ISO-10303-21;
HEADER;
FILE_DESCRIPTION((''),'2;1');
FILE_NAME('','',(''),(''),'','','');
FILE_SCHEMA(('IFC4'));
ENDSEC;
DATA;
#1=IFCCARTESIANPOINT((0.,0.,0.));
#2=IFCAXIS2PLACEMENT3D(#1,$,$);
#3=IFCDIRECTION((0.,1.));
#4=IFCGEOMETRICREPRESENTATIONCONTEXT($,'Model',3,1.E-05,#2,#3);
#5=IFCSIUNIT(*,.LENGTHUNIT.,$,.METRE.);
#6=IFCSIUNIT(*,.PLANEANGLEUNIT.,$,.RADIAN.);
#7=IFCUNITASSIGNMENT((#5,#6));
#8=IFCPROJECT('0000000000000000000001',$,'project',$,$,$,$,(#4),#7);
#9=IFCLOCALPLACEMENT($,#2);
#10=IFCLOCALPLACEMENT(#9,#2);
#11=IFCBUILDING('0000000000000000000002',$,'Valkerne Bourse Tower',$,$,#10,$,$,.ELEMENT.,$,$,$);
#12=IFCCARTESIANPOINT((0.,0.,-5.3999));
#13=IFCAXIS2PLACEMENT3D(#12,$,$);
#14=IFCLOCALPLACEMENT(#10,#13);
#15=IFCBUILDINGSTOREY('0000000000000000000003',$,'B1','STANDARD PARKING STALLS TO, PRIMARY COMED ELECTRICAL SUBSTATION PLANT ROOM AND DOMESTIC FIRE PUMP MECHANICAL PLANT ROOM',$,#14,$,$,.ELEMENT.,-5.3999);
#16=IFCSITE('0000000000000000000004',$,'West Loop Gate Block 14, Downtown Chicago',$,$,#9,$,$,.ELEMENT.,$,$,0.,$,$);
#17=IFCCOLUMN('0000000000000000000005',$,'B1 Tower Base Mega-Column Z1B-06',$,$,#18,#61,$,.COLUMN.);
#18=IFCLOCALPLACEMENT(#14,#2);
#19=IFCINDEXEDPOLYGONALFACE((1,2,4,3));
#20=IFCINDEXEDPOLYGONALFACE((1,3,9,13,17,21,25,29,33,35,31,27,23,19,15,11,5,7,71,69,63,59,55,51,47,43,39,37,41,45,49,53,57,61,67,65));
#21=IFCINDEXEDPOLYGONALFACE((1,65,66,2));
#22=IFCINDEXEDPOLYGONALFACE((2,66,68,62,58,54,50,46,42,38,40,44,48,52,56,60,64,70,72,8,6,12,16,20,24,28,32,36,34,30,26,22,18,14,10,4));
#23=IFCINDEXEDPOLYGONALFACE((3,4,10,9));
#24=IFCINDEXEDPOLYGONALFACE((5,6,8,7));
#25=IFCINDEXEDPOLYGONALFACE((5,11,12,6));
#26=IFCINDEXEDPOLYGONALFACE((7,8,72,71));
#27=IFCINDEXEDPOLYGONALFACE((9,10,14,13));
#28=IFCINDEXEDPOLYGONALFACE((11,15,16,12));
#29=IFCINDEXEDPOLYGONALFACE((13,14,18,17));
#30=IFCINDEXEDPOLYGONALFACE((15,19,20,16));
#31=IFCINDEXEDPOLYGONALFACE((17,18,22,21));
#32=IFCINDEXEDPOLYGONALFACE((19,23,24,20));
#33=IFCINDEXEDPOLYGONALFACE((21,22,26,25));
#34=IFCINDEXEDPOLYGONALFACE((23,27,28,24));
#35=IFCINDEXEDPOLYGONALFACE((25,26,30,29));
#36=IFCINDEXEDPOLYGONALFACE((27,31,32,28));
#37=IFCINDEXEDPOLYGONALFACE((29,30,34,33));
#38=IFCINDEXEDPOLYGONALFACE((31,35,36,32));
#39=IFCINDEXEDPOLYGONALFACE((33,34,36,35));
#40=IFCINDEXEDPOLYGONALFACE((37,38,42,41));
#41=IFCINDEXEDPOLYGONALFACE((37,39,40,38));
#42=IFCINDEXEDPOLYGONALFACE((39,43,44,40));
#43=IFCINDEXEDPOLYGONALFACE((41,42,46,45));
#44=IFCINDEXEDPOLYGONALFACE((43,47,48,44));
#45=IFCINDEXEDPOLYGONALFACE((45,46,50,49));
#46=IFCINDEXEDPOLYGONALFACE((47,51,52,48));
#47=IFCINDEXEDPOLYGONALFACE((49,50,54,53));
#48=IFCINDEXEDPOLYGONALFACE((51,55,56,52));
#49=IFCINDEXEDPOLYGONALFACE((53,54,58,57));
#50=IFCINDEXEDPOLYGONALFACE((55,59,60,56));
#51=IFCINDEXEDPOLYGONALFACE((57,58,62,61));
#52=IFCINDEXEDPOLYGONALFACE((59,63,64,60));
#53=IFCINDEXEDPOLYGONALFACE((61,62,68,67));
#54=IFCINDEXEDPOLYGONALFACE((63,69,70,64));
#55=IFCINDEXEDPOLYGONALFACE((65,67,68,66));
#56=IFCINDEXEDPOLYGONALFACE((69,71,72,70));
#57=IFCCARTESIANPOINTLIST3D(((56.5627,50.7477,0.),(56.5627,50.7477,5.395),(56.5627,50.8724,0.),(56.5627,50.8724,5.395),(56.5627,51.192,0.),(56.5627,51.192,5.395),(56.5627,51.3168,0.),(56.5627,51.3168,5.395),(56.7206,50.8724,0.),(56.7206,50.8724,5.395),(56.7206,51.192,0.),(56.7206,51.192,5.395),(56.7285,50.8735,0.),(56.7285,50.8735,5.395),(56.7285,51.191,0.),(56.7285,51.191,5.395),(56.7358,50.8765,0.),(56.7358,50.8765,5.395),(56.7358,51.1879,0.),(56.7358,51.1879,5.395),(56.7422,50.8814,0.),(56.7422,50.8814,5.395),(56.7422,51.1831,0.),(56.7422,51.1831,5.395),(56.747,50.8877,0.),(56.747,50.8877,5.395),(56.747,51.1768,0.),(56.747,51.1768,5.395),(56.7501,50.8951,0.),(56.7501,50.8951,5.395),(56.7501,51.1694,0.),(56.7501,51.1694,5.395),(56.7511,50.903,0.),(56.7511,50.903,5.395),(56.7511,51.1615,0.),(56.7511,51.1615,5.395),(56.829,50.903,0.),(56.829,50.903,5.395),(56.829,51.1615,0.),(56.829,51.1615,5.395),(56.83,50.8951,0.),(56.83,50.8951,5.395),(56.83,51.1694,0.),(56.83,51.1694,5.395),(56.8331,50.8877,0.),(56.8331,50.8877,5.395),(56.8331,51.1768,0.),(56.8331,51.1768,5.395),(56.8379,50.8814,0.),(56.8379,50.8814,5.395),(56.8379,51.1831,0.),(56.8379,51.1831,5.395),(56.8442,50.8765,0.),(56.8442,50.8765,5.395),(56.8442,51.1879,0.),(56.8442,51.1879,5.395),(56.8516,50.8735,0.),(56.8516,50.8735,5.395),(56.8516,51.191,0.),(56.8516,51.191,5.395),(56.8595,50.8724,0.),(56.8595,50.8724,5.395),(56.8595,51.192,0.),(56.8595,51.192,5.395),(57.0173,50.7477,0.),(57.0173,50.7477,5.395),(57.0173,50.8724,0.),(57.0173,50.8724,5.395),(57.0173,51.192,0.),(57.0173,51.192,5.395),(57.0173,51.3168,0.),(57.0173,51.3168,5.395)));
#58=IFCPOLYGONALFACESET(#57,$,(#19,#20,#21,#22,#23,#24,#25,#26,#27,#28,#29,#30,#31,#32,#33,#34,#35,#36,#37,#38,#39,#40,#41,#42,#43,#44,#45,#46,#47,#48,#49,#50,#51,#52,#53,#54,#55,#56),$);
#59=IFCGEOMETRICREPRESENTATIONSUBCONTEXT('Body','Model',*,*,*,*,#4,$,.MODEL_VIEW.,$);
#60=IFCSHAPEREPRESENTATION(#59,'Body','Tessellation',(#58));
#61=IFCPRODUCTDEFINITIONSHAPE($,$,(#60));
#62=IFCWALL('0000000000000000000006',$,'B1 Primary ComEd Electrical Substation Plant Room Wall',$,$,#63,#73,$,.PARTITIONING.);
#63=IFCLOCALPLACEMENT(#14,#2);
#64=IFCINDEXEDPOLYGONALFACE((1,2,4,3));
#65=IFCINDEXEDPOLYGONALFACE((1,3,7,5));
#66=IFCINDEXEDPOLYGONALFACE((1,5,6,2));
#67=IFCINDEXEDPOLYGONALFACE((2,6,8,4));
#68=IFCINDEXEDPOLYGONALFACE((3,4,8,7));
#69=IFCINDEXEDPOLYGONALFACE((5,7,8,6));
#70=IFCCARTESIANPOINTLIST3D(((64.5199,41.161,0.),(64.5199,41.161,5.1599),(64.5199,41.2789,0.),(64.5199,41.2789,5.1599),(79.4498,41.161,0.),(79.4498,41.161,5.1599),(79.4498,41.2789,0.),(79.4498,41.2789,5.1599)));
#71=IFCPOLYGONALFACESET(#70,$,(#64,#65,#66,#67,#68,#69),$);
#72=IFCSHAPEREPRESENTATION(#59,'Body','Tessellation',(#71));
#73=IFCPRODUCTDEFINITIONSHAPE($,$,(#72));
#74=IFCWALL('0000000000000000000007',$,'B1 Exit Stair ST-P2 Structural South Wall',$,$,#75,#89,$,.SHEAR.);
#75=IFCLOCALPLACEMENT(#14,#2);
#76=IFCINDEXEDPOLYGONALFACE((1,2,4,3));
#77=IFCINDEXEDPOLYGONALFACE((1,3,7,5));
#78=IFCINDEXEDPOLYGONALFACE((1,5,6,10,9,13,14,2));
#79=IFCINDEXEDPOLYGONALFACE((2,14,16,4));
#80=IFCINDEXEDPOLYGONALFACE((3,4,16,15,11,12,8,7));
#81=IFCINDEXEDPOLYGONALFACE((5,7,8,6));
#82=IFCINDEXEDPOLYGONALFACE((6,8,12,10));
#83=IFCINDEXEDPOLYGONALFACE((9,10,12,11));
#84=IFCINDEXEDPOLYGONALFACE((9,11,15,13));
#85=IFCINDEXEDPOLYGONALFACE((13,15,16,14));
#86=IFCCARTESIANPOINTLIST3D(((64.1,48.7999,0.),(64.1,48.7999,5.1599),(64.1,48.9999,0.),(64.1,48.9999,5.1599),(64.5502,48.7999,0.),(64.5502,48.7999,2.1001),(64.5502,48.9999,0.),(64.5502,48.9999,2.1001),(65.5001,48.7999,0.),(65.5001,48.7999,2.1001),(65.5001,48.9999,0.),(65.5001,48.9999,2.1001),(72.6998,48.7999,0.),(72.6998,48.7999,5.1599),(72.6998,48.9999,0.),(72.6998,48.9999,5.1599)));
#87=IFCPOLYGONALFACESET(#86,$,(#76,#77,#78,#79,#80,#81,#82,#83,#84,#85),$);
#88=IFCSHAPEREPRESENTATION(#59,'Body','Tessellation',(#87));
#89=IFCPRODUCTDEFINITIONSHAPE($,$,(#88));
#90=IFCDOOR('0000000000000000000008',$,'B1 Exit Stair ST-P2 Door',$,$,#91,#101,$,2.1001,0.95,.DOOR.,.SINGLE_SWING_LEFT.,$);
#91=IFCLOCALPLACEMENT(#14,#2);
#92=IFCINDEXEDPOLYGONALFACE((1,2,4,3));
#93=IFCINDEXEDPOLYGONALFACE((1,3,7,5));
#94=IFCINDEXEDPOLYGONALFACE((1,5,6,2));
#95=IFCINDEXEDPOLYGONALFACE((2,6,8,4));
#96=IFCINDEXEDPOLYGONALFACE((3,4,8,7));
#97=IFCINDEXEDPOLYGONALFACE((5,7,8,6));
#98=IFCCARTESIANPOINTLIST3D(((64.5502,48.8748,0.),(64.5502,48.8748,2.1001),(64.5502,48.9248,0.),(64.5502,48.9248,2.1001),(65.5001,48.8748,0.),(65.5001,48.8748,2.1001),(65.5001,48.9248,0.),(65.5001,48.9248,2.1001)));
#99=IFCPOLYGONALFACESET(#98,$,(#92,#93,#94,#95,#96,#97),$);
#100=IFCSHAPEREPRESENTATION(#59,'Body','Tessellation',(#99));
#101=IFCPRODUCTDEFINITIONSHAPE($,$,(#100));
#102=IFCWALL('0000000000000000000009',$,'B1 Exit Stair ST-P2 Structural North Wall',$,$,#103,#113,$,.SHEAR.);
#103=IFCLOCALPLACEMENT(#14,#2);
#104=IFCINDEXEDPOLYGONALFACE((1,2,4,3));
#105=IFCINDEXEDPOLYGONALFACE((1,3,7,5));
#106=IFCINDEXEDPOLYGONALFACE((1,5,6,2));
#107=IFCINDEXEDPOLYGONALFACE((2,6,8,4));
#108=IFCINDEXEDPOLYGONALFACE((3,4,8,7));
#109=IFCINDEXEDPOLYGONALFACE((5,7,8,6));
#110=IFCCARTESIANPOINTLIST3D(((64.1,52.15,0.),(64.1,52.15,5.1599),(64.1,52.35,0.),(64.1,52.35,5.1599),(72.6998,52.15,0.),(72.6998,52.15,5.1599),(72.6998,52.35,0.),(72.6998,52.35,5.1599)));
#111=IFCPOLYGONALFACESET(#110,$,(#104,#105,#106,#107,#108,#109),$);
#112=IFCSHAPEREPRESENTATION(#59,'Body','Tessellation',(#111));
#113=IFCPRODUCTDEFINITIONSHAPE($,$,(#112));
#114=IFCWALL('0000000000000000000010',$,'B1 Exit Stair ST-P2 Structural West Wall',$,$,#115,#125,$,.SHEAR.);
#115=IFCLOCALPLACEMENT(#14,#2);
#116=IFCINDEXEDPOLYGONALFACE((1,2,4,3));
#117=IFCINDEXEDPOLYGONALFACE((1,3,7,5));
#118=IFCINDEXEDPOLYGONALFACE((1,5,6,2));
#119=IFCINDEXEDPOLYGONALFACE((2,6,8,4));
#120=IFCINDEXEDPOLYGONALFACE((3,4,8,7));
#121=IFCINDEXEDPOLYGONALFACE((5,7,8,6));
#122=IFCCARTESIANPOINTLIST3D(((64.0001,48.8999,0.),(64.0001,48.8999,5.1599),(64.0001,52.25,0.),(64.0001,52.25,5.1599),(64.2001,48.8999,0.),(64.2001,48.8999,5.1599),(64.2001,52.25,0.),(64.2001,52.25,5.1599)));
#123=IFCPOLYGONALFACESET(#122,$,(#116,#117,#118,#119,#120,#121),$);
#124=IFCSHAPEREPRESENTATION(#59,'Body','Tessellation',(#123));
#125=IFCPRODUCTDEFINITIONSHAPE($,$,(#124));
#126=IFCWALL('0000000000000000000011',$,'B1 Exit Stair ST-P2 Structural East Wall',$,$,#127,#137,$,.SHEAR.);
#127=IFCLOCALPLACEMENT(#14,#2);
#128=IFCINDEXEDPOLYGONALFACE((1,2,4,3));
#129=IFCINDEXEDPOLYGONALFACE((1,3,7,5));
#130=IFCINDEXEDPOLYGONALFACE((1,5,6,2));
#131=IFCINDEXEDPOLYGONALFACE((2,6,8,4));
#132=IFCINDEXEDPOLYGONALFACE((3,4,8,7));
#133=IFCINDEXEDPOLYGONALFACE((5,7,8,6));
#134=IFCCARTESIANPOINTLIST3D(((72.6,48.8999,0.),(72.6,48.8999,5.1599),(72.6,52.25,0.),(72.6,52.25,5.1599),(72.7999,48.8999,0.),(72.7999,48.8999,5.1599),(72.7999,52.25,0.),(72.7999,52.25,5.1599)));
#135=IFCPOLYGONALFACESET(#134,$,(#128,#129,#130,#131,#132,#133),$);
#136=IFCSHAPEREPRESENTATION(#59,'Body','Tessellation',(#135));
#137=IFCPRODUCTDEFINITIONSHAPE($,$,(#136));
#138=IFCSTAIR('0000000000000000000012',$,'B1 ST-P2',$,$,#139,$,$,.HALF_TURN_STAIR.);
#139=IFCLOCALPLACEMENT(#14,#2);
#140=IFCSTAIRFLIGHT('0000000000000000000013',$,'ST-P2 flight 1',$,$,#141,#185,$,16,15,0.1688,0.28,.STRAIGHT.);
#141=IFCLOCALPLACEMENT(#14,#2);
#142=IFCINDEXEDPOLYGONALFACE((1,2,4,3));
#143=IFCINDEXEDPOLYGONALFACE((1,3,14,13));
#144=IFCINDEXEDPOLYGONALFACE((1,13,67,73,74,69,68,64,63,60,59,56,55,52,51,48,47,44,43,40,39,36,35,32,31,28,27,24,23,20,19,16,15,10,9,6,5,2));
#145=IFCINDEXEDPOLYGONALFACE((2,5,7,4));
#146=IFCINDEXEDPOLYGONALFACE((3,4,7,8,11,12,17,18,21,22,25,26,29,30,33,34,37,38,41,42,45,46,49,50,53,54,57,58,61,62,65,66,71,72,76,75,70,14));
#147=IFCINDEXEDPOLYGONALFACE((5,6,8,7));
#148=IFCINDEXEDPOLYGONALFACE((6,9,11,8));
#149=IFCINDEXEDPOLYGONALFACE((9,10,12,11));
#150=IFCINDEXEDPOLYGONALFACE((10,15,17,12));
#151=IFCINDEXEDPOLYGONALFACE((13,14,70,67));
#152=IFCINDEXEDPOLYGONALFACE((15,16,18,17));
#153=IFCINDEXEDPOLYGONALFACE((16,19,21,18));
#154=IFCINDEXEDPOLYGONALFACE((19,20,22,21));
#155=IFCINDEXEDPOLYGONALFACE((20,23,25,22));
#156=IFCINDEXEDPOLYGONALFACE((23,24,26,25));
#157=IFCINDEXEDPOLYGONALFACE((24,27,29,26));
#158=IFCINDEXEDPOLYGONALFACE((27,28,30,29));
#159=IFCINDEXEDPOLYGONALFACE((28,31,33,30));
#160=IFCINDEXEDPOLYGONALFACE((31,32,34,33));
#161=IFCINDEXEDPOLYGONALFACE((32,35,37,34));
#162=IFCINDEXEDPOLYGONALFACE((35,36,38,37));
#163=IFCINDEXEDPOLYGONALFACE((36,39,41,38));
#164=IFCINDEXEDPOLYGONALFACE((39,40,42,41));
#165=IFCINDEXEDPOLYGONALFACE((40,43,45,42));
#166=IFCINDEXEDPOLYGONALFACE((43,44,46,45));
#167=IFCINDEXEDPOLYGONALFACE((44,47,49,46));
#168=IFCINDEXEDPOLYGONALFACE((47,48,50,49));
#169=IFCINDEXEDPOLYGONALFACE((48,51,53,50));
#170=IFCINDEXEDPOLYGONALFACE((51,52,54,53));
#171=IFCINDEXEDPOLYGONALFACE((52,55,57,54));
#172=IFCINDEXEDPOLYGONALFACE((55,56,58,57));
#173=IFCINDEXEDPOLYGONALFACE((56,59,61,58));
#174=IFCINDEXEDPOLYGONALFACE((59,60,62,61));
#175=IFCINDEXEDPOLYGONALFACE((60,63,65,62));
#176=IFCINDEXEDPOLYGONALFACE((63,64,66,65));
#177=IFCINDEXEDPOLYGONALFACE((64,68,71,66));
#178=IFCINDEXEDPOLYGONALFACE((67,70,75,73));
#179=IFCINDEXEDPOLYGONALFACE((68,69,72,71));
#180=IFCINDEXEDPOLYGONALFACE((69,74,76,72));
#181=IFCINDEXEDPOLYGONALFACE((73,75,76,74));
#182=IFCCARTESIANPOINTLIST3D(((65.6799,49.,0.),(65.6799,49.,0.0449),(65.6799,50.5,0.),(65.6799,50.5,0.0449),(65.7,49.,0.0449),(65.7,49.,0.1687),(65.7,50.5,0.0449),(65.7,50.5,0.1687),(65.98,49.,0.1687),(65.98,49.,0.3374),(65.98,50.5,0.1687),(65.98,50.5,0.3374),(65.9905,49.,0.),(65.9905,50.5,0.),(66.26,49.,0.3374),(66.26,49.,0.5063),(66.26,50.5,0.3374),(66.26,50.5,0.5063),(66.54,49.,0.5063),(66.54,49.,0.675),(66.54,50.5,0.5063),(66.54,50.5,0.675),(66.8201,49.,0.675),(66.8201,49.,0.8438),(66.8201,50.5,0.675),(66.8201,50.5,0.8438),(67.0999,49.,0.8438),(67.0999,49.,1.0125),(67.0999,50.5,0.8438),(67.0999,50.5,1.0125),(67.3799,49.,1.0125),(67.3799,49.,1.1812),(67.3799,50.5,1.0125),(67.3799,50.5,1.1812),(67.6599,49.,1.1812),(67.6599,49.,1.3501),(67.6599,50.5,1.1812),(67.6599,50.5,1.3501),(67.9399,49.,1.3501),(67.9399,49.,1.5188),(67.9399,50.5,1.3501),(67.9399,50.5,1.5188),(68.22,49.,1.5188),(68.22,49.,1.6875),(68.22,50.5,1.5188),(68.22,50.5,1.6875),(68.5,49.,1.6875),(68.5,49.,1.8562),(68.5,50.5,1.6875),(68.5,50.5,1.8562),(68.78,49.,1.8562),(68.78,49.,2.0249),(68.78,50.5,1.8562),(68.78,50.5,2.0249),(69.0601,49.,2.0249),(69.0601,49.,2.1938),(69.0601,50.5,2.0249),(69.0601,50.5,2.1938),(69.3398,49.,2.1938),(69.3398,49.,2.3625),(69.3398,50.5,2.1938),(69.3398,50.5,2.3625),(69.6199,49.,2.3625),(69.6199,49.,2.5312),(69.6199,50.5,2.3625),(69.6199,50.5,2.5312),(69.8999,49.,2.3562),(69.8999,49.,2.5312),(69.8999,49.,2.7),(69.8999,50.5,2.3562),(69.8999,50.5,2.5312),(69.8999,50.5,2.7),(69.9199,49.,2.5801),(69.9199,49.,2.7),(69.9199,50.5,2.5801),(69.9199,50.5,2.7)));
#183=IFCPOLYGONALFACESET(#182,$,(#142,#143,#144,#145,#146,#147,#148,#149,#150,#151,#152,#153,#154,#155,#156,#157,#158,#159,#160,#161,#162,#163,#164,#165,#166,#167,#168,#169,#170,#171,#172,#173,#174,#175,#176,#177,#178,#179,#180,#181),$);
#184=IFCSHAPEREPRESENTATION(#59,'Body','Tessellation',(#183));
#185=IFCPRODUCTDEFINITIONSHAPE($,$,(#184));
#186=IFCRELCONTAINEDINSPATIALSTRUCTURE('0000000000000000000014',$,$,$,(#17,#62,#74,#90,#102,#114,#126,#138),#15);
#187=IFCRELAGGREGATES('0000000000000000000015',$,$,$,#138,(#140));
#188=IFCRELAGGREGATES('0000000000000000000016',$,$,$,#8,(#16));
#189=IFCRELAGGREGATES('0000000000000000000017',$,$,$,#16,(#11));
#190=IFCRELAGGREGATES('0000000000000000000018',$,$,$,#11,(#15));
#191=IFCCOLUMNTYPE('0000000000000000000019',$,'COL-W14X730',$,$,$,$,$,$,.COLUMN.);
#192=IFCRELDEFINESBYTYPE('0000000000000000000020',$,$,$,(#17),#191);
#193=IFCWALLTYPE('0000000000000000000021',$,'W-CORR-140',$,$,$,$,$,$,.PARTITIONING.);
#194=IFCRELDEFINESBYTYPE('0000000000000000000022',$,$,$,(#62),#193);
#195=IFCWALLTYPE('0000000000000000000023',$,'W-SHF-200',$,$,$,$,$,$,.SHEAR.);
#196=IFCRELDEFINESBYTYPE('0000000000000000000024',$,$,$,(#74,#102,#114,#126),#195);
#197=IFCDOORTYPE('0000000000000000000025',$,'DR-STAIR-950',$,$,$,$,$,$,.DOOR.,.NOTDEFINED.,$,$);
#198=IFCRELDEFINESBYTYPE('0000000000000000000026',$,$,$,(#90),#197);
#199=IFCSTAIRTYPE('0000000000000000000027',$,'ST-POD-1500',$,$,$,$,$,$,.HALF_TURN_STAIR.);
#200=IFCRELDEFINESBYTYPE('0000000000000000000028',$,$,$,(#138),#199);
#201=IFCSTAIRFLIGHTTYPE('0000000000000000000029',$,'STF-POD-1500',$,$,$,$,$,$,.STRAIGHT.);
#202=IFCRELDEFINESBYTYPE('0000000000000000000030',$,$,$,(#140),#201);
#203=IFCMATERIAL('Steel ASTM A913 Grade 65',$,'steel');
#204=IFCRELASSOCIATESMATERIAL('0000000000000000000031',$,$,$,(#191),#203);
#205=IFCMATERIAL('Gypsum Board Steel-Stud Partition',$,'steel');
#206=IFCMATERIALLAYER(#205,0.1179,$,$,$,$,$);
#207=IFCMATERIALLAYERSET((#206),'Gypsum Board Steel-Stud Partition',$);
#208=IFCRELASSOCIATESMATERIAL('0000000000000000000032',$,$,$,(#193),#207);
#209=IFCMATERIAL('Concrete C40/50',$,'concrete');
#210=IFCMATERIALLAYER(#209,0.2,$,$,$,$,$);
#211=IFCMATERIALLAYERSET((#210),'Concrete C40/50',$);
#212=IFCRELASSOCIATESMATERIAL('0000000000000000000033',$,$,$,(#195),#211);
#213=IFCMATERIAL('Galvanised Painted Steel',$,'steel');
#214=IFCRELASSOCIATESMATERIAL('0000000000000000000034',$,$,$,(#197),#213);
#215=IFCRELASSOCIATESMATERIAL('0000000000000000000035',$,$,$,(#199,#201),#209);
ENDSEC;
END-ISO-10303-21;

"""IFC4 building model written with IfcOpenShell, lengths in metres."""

from ifc_helpers import new_model, si_unit, direction, frame, frame_2d, origin, origin_2d, place, context, subcontext, project, spatial, polyline, rectangle, i_section, outline, extrude, material, layer, layer_set, material_profile, profile_set, type_object, element, fill, aggregate, save


model = new_model("IFC4")

# Units and contexts
model_context = context("Model", 3, precision=1e-05, world=origin(), true_north=direction((0.0, 1.0)))
body_context = subcontext(model_context, "Body", "Model", "MODEL_VIEW")
ifc_project = project(units=[si_unit("LENGTHUNIT", "METRE"), si_unit("PLANEANGLEUNIT", "RADIAN")], contexts=[model_context])

# Site, building, storey
site_placement = place(None, origin())
site = spatial("IfcSite", under=ifc_project, at=site_placement, Name="West Loop Gate Block 14, Downtown Chicago", CompositionType="ELEMENT", RefElevation=0.0)
building_placement = place(site_placement, origin())
building = spatial("IfcBuilding", under=site, at=building_placement, Name="Valkerne Bourse Tower", CompositionType="ELEMENT")
storey_placement = place(building_placement, frame((0.0, 0.0, -5.3999)))
storey = spatial("IfcBuildingStorey", under=building, at=storey_placement, Name="B1", Description="STANDARD PARKING STALLS TO, PRIMARY COMED ELECTRICAL SUBSTATION PLANT ROOM AND DOMESTIC FIRE PUMP MECHANICAL PLANT ROOM", CompositionType="ELEMENT", Elevation=-5.3999)

# Column
ifc_material_1 = material(Name="Steel ASTM A913 Grade 65", Category="steel")
ifc_material_profile_1 = material_profile(ifc_material_1, i_section(OverallWidth=0.4546, OverallDepth=0.5691, WebThickness=0.0779, FlangeThickness=0.1248, FilletRadius=0.0305, at=origin_2d()), Name="W14X730")
ifc_profile_set_1 = profile_set([ifc_material_profile_1], Name="Steel ASTM A913 Grade 65")
column_type_1 = type_object("IfcColumnType", Name="COL-W14X730", PredefinedType="COLUMN", material=ifc_profile_set_1)
for number, where, z_axis, x_axis, name in (
    (1, (56.79, 51.0322, 0.0), (0.0, 0.0, 1.0), (-1.0, 0.0, 0.0), "B1 Tower Base Mega-Column Z1B-06"),
):
    element("IfcColumn", number, at=place(storey_placement, frame(where, z_axis=z_axis, x_axis=x_axis)), inside=storey, type_object=column_type_1, Name=name, PredefinedType="COLUMN", context=body_context, shape_type="SweptSolid", body=[
        extrude(i_section(OverallWidth=0.4546, OverallDepth=0.5691, WebThickness=0.0779, FlangeThickness=0.1248, FilletRadius=0.0305, at=origin_2d()), origin(), (0.0, 0.0, 1.0), 5.395),
    ])

# Wall
ifc_material_2 = material(Name="Gypsum Board Steel-Stud Partition", Category="steel")
ifc_layer_1 = layer(ifc_material_2, 0.1179)
ifc_layer_set_1 = layer_set([ifc_layer_1], Name="Gypsum Board Steel-Stud Partition")
wall_type_1 = type_object("IfcWallType", Name="W-CORR-140", PredefinedType="PARTITIONING", material=ifc_layer_set_1)
wall_1_placement = place(storey_placement, frame((64.52, 41.22, 0.0), z_axis=(0.0, 0.0, 1.0), x_axis=(1.0, 0.0, 0.0)))
element("IfcWall", 2, at=wall_1_placement, inside=storey, type_object=wall_type_1, Name="B1 Primary ComEd Electrical Substation Plant Room Wall", PredefinedType="PARTITIONING", context=body_context, shape_type="SweptSolid", body=[
    extrude(rectangle(XDim=14.9299, YDim=0.1179, at=frame_2d((7.4648, 0.0))), origin(), (0.0, 0.0, 1.0), 5.1599),
])

# Wall, opening, door
ifc_material_3 = material(Name="Concrete C40/50", Category="concrete")
ifc_layer_2 = layer(ifc_material_3, 0.2)
ifc_layer_set_2 = layer_set([ifc_layer_2], Name="Concrete C40/50")
wall_type_2 = type_object("IfcWallType", Name="W-SHF-200", PredefinedType="SHEAR", material=ifc_layer_set_2)
wall_2_placement = place(storey_placement, frame((64.1001, 48.8999, 0.0), z_axis=(0.0, 0.0, 1.0), x_axis=(1.0, 0.0, 0.0)))
wall_2 = element("IfcWall", 3, at=wall_2_placement, inside=storey, type_object=wall_type_2, Name="B1 Exit Stair ST-P2 Structural South Wall", PredefinedType="SHEAR", context=body_context, shape_type="SweptSolid", body=[
    extrude(rectangle(XDim=8.5999, YDim=0.2, at=frame_2d((4.2998, 0.0))), origin(), (0.0, 0.0, 1.0), 5.1599),
])
opening_placement = place(wall_2_placement, frame((0.45, 0.0, 0.0)))
opening = element("IfcOpeningElement", 4, at=opening_placement, cuts=wall_2, PredefinedType="OPENING", context=body_context, shape_type="SweptSolid", body=[
    extrude(rectangle(XDim=0.95, YDim=2.1001, at=frame_2d((0.4751, 1.05))), frame((0.0, 0.1099, 0.0), z_axis=(0.0, -1.0, 0.0), x_axis=(1.0, 0.0, 0.0)), (0.0, 0.0, 1.0), 0.22),
])
ifc_material_4 = material(Name="Galvanised Painted Steel", Category="steel")
door_type = type_object("IfcDoorType", Name="DR-STAIR-950", OperationType="NOTDEFINED", PredefinedType="DOOR", material=ifc_material_4)
door_placement = place(opening_placement, origin())
door = element("IfcDoor", 5, at=door_placement, inside=storey, type_object=door_type, Name="B1 Exit Stair ST-P2 Door", OperationType="SINGLE_SWING_LEFT", OverallHeight=2.1001, OverallWidth=0.95, PredefinedType="DOOR", context=body_context, shape_type="SweptSolid", body=[
    extrude(rectangle(XDim=0.95, YDim=2.1001, at=frame_2d((0.4751, 1.05))), frame((0.0, 0.0249, 0.0), z_axis=(0.0, -1.0, 0.0), x_axis=(1.0, 0.0, 0.0)), (0.0, 0.0, 1.0), 0.05),
])
fill(opening, door)

# Walls
wall_3_placement = place(storey_placement, frame((64.1001, 52.25, 0.0), z_axis=(0.0, 0.0, 1.0), x_axis=(1.0, 0.0, 0.0)))
element("IfcWall", 6, at=wall_3_placement, inside=storey, type_object=wall_type_2, Name="B1 Exit Stair ST-P2 Structural North Wall", PredefinedType="SHEAR", context=body_context, shape_type="SweptSolid", body=[
    extrude(rectangle(XDim=8.5999, YDim=0.2, at=frame_2d((4.2998, 0.0))), origin(), (0.0, 0.0, 1.0), 5.1599),
])
for number, where, z_axis, x_axis, name in (
    (7, (64.1001, 48.8999, 0.0), (0.0, 0.0, 1.0), (0.0, 1.0, 0.0), "B1 Exit Stair ST-P2 Structural West Wall"),
    (8, (72.7, 48.8999, 0.0), (0.0, 0.0, 1.0), (0.0, 1.0, 0.0), "B1 Exit Stair ST-P2 Structural East Wall"),
):
    element("IfcWall", number, at=place(storey_placement, frame(where, z_axis=z_axis, x_axis=x_axis)), inside=storey, type_object=wall_type_2, Name=name, PredefinedType="SHEAR", context=body_context, shape_type="SweptSolid", body=[
        extrude(rectangle(XDim=3.3501, YDim=0.2, at=frame_2d((1.675, 0.0))), origin(), (0.0, 0.0, 1.0), 5.1599),
    ])

# Stair, stair flight
stair_type = type_object("IfcStairType", Name="ST-POD-1500", PredefinedType="HALF_TURN_STAIR", material=ifc_material_3)
stair_placement = place(storey_placement, origin())
stair = element("IfcStair", 9, at=stair_placement, inside=storey, type_object=stair_type, Name="B1 ST-P2", PredefinedType="HALF_TURN_STAIR")
stair_flight_type = type_object("IfcStairFlightType", Name="STF-POD-1500", PredefinedType="STRAIGHT", material=ifc_material_3)
stair_flight_1_placement = place(storey_placement, frame((65.7, 49.75, 0.0), z_axis=(0.0, 0.0, 1.0), x_axis=(1.0, 0.0, 0.0)))
stair_flight_1 = element("IfcStairFlight", 10, at=stair_flight_1_placement, type_object=stair_flight_type, Name="ST-P2 flight 1", NumberOfRisers=16, NumberOfTreads=15, PredefinedType="STRAIGHT", RiserHeight=0.1688, TreadLength=0.28, context=body_context, shape_type="SweptSolid", body=[
    extrude(outline(polyline([(-0.02, 0.0), (-0.02, 0.0449), (0.0, 0.0449), (0.0, 0.1687), (0.28, 0.1687), (0.28, 0.3374), (0.5601, 0.3374), (0.5601, 0.5063), (0.8401, 0.5063), (0.8401, 0.675), (1.1201, 0.675), (1.1201, 0.8438), (1.3999, 0.8438), (1.3999, 1.0125), (1.6799, 1.0125), (1.6799, 1.1812), (1.96, 1.1812), (1.96, 1.3501), (2.24, 1.3501), (2.24, 1.5188), (2.52, 1.5188), (2.52, 1.6875), (2.8, 1.6875), (2.8, 1.8562), (3.0801, 1.8562), (3.0801, 2.0249), (3.3601, 2.0249), (3.3601, 2.1938), (3.6399, 2.1938), (3.6399, 2.3625), (3.9199, 2.3625), (3.9199, 2.5312), (4.2, 2.5312), (4.2, 2.7), (4.22, 2.7), (4.22, 2.5801), (4.2, 2.3562), (0.2905, 0.0), (-0.02, 0.0)])), frame((0.0, 0.75, 0.0), z_axis=(0.0, -1.0, 0.0), x_axis=(1.0, 0.0, 0.0)), (0.0, 0.0, 1.0), 1.5),
])
aggregate(stair, [stair_flight_1])

save(model, "model.ifc")
